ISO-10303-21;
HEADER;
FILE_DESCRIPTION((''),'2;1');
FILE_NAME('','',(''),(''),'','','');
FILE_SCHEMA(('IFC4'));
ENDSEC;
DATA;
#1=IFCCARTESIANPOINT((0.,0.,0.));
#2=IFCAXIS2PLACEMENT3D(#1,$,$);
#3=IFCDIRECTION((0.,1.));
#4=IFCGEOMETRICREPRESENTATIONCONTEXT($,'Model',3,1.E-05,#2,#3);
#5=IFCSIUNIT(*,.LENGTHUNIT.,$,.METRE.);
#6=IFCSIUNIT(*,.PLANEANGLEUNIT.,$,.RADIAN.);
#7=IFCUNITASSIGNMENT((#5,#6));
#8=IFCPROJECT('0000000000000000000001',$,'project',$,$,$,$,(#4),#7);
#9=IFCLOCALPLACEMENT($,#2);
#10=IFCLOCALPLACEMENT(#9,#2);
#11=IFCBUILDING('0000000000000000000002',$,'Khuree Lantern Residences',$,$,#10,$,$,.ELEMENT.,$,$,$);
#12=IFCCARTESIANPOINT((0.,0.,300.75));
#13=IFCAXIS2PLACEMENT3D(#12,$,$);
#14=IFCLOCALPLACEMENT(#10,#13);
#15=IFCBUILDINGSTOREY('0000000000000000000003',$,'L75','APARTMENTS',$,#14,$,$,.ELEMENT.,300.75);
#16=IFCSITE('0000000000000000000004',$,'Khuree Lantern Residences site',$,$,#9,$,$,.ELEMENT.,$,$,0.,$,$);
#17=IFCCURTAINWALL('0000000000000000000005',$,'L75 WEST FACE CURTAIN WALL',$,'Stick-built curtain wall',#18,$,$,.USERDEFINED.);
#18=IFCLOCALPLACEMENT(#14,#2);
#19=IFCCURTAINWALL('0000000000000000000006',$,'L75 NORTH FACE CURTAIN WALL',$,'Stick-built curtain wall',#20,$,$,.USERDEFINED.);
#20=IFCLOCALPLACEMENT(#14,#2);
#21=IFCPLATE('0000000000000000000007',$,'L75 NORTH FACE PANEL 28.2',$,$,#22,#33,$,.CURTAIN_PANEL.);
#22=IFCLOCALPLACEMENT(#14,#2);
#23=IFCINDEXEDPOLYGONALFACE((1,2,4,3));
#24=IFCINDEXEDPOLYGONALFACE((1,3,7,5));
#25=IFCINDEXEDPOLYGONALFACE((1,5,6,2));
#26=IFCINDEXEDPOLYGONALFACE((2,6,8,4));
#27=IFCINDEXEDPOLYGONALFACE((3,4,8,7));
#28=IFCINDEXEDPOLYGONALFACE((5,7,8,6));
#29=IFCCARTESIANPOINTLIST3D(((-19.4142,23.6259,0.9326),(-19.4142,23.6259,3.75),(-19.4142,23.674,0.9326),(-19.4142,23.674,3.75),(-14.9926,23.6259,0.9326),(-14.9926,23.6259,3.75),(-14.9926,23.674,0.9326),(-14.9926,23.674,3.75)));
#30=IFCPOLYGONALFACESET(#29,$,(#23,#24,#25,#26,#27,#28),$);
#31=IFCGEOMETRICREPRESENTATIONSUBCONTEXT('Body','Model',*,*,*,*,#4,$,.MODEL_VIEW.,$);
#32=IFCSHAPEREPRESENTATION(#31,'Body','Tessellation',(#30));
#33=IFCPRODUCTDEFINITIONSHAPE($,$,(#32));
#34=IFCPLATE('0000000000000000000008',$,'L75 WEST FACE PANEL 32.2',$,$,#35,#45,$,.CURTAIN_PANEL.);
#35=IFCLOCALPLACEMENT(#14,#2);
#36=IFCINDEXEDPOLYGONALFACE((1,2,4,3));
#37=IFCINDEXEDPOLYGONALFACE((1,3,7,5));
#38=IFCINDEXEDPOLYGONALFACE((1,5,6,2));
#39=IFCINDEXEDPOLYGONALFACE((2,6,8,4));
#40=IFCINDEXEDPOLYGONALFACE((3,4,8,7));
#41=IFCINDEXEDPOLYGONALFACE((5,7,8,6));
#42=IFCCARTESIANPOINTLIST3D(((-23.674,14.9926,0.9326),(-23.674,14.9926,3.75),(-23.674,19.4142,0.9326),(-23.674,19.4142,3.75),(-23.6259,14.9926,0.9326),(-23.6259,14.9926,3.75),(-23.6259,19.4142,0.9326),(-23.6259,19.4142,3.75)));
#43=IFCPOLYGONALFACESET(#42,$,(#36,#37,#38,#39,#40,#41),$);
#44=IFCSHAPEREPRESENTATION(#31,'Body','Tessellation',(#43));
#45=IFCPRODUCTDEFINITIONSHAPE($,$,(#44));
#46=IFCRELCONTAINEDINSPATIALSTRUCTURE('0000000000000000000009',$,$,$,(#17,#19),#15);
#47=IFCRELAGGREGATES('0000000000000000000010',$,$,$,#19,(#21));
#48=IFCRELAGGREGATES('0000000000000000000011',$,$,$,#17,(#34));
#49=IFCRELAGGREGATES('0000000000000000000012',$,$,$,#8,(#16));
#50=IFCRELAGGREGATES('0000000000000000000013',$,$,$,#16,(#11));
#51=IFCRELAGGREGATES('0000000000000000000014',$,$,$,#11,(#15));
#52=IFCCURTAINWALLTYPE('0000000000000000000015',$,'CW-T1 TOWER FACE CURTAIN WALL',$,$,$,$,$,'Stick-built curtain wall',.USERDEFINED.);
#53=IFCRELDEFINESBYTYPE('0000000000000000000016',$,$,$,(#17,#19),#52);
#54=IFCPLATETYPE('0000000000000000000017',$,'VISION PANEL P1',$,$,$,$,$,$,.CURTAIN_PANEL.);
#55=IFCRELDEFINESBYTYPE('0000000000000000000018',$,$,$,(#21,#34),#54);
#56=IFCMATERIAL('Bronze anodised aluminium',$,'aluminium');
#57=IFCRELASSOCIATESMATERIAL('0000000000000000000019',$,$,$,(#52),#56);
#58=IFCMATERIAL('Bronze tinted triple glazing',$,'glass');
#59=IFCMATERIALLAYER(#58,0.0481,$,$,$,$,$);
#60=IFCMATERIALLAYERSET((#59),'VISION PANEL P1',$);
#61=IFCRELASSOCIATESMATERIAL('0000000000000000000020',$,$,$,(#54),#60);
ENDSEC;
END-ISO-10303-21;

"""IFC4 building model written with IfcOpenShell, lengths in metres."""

from ifc_helpers import new_model, si_unit, direction, frame, origin, origin_2d, place, context, subcontext, project, spatial, rectangle, extrude, material, layer, layer_set, type_object, element, aggregate, save


model = new_model("IFC4")

# Units and contexts
model_context = context("Model", 3, precision=1e-05, world=origin(), true_north=direction((0.0, 1.0)))
body_context = subcontext(model_context, "Body", "Model", "MODEL_VIEW")
ifc_project = project(units=[si_unit("LENGTHUNIT", "METRE"), si_unit("PLANEANGLEUNIT", "RADIAN")], contexts=[model_context])

# Site, building, storey
site_placement = place(None, origin())
site = spatial("IfcSite", under=ifc_project, at=site_placement, Name="Khuree Lantern Residences site", CompositionType="ELEMENT", RefElevation=0.0)
building_placement = place(site_placement, origin())
building = spatial("IfcBuilding", under=site, at=building_placement, Name="Khuree Lantern Residences", CompositionType="ELEMENT")
storey_placement = place(building_placement, frame((0.0, 0.0, 300.75)))
storey = spatial("IfcBuildingStorey", under=building, at=storey_placement, Name="L75", Description="APARTMENTS", CompositionType="ELEMENT", Elevation=300.75)

# Shared definitions
ifc_material_1 = material(Name="Bronze anodised aluminium", Category="aluminium")

# Curtain walls
curtain_wall_type_1 = type_object("IfcCurtainWallType", Name="CW-T1 TOWER FACE CURTAIN WALL", ElementType="Stick-built curtain wall", PredefinedType="USERDEFINED", material=ifc_material_1)
curtain_wall_1_placement = place(storey_placement, origin())
curtain_wall_1 = element("IfcCurtainWall", 1, at=curtain_wall_1_placement, inside=storey, type_object=curtain_wall_type_1, Name="L75 WEST FACE CURTAIN WALL", ObjectType="Stick-built curtain wall", PredefinedType="USERDEFINED")
curtain_wall_2_placement = place(storey_placement, origin())
curtain_wall_2 = element("IfcCurtainWall", 2, at=curtain_wall_2_placement, inside=storey, type_object=curtain_wall_type_1, Name="L75 NORTH FACE CURTAIN WALL", ObjectType="Stick-built curtain wall", PredefinedType="USERDEFINED")

# Plates
ifc_material_2 = material(Name="Bronze tinted triple glazing", Category="glass")
ifc_layer_1 = layer(ifc_material_2, 0.0481)
ifc_layer_set_1 = layer_set([ifc_layer_1], Name="VISION PANEL P1")
plate_type_1 = type_object("IfcPlateType", Name="VISION PANEL P1", PredefinedType="CURTAIN_PANEL", material=ifc_layer_set_1)
plate_1_placement = place(storey_placement, frame((-17.2034, 23.6499, 0.9326), z_axis=(0.0, 0.0, 1.0), x_axis=(-1.0, 0.0, 0.0)))
plate_1 = element("IfcPlate", 3, at=plate_1_placement, type_object=plate_type_1, Name="L75 NORTH FACE PANEL 28.2", PredefinedType="CURTAIN_PANEL", context=body_context, shape_type="SweptSolid", body=[
    extrude(rectangle(XDim=4.4216, YDim=0.0481, at=origin_2d()), origin(), (0.0, 0.0, 1.0), 2.8174),
])
aggregate(curtain_wall_2, [plate_1])
plate_2_placement = place(storey_placement, frame((-23.6499, 17.2034, 0.9326), z_axis=(0.0, 0.0, 1.0), x_axis=(0.0, -1.0, 0.0)))
plate_2 = element("IfcPlate", 4, at=plate_2_placement, type_object=plate_type_1, Name="L75 WEST FACE PANEL 32.2", PredefinedType="CURTAIN_PANEL", context=body_context, shape_type="SweptSolid", body=[
    extrude(rectangle(XDim=4.4216, YDim=0.0481, at=origin_2d()), origin(), (0.0, 0.0, 1.0), 2.8174),
])
aggregate(curtain_wall_1, [plate_2])

save(model, "model.ifc")
